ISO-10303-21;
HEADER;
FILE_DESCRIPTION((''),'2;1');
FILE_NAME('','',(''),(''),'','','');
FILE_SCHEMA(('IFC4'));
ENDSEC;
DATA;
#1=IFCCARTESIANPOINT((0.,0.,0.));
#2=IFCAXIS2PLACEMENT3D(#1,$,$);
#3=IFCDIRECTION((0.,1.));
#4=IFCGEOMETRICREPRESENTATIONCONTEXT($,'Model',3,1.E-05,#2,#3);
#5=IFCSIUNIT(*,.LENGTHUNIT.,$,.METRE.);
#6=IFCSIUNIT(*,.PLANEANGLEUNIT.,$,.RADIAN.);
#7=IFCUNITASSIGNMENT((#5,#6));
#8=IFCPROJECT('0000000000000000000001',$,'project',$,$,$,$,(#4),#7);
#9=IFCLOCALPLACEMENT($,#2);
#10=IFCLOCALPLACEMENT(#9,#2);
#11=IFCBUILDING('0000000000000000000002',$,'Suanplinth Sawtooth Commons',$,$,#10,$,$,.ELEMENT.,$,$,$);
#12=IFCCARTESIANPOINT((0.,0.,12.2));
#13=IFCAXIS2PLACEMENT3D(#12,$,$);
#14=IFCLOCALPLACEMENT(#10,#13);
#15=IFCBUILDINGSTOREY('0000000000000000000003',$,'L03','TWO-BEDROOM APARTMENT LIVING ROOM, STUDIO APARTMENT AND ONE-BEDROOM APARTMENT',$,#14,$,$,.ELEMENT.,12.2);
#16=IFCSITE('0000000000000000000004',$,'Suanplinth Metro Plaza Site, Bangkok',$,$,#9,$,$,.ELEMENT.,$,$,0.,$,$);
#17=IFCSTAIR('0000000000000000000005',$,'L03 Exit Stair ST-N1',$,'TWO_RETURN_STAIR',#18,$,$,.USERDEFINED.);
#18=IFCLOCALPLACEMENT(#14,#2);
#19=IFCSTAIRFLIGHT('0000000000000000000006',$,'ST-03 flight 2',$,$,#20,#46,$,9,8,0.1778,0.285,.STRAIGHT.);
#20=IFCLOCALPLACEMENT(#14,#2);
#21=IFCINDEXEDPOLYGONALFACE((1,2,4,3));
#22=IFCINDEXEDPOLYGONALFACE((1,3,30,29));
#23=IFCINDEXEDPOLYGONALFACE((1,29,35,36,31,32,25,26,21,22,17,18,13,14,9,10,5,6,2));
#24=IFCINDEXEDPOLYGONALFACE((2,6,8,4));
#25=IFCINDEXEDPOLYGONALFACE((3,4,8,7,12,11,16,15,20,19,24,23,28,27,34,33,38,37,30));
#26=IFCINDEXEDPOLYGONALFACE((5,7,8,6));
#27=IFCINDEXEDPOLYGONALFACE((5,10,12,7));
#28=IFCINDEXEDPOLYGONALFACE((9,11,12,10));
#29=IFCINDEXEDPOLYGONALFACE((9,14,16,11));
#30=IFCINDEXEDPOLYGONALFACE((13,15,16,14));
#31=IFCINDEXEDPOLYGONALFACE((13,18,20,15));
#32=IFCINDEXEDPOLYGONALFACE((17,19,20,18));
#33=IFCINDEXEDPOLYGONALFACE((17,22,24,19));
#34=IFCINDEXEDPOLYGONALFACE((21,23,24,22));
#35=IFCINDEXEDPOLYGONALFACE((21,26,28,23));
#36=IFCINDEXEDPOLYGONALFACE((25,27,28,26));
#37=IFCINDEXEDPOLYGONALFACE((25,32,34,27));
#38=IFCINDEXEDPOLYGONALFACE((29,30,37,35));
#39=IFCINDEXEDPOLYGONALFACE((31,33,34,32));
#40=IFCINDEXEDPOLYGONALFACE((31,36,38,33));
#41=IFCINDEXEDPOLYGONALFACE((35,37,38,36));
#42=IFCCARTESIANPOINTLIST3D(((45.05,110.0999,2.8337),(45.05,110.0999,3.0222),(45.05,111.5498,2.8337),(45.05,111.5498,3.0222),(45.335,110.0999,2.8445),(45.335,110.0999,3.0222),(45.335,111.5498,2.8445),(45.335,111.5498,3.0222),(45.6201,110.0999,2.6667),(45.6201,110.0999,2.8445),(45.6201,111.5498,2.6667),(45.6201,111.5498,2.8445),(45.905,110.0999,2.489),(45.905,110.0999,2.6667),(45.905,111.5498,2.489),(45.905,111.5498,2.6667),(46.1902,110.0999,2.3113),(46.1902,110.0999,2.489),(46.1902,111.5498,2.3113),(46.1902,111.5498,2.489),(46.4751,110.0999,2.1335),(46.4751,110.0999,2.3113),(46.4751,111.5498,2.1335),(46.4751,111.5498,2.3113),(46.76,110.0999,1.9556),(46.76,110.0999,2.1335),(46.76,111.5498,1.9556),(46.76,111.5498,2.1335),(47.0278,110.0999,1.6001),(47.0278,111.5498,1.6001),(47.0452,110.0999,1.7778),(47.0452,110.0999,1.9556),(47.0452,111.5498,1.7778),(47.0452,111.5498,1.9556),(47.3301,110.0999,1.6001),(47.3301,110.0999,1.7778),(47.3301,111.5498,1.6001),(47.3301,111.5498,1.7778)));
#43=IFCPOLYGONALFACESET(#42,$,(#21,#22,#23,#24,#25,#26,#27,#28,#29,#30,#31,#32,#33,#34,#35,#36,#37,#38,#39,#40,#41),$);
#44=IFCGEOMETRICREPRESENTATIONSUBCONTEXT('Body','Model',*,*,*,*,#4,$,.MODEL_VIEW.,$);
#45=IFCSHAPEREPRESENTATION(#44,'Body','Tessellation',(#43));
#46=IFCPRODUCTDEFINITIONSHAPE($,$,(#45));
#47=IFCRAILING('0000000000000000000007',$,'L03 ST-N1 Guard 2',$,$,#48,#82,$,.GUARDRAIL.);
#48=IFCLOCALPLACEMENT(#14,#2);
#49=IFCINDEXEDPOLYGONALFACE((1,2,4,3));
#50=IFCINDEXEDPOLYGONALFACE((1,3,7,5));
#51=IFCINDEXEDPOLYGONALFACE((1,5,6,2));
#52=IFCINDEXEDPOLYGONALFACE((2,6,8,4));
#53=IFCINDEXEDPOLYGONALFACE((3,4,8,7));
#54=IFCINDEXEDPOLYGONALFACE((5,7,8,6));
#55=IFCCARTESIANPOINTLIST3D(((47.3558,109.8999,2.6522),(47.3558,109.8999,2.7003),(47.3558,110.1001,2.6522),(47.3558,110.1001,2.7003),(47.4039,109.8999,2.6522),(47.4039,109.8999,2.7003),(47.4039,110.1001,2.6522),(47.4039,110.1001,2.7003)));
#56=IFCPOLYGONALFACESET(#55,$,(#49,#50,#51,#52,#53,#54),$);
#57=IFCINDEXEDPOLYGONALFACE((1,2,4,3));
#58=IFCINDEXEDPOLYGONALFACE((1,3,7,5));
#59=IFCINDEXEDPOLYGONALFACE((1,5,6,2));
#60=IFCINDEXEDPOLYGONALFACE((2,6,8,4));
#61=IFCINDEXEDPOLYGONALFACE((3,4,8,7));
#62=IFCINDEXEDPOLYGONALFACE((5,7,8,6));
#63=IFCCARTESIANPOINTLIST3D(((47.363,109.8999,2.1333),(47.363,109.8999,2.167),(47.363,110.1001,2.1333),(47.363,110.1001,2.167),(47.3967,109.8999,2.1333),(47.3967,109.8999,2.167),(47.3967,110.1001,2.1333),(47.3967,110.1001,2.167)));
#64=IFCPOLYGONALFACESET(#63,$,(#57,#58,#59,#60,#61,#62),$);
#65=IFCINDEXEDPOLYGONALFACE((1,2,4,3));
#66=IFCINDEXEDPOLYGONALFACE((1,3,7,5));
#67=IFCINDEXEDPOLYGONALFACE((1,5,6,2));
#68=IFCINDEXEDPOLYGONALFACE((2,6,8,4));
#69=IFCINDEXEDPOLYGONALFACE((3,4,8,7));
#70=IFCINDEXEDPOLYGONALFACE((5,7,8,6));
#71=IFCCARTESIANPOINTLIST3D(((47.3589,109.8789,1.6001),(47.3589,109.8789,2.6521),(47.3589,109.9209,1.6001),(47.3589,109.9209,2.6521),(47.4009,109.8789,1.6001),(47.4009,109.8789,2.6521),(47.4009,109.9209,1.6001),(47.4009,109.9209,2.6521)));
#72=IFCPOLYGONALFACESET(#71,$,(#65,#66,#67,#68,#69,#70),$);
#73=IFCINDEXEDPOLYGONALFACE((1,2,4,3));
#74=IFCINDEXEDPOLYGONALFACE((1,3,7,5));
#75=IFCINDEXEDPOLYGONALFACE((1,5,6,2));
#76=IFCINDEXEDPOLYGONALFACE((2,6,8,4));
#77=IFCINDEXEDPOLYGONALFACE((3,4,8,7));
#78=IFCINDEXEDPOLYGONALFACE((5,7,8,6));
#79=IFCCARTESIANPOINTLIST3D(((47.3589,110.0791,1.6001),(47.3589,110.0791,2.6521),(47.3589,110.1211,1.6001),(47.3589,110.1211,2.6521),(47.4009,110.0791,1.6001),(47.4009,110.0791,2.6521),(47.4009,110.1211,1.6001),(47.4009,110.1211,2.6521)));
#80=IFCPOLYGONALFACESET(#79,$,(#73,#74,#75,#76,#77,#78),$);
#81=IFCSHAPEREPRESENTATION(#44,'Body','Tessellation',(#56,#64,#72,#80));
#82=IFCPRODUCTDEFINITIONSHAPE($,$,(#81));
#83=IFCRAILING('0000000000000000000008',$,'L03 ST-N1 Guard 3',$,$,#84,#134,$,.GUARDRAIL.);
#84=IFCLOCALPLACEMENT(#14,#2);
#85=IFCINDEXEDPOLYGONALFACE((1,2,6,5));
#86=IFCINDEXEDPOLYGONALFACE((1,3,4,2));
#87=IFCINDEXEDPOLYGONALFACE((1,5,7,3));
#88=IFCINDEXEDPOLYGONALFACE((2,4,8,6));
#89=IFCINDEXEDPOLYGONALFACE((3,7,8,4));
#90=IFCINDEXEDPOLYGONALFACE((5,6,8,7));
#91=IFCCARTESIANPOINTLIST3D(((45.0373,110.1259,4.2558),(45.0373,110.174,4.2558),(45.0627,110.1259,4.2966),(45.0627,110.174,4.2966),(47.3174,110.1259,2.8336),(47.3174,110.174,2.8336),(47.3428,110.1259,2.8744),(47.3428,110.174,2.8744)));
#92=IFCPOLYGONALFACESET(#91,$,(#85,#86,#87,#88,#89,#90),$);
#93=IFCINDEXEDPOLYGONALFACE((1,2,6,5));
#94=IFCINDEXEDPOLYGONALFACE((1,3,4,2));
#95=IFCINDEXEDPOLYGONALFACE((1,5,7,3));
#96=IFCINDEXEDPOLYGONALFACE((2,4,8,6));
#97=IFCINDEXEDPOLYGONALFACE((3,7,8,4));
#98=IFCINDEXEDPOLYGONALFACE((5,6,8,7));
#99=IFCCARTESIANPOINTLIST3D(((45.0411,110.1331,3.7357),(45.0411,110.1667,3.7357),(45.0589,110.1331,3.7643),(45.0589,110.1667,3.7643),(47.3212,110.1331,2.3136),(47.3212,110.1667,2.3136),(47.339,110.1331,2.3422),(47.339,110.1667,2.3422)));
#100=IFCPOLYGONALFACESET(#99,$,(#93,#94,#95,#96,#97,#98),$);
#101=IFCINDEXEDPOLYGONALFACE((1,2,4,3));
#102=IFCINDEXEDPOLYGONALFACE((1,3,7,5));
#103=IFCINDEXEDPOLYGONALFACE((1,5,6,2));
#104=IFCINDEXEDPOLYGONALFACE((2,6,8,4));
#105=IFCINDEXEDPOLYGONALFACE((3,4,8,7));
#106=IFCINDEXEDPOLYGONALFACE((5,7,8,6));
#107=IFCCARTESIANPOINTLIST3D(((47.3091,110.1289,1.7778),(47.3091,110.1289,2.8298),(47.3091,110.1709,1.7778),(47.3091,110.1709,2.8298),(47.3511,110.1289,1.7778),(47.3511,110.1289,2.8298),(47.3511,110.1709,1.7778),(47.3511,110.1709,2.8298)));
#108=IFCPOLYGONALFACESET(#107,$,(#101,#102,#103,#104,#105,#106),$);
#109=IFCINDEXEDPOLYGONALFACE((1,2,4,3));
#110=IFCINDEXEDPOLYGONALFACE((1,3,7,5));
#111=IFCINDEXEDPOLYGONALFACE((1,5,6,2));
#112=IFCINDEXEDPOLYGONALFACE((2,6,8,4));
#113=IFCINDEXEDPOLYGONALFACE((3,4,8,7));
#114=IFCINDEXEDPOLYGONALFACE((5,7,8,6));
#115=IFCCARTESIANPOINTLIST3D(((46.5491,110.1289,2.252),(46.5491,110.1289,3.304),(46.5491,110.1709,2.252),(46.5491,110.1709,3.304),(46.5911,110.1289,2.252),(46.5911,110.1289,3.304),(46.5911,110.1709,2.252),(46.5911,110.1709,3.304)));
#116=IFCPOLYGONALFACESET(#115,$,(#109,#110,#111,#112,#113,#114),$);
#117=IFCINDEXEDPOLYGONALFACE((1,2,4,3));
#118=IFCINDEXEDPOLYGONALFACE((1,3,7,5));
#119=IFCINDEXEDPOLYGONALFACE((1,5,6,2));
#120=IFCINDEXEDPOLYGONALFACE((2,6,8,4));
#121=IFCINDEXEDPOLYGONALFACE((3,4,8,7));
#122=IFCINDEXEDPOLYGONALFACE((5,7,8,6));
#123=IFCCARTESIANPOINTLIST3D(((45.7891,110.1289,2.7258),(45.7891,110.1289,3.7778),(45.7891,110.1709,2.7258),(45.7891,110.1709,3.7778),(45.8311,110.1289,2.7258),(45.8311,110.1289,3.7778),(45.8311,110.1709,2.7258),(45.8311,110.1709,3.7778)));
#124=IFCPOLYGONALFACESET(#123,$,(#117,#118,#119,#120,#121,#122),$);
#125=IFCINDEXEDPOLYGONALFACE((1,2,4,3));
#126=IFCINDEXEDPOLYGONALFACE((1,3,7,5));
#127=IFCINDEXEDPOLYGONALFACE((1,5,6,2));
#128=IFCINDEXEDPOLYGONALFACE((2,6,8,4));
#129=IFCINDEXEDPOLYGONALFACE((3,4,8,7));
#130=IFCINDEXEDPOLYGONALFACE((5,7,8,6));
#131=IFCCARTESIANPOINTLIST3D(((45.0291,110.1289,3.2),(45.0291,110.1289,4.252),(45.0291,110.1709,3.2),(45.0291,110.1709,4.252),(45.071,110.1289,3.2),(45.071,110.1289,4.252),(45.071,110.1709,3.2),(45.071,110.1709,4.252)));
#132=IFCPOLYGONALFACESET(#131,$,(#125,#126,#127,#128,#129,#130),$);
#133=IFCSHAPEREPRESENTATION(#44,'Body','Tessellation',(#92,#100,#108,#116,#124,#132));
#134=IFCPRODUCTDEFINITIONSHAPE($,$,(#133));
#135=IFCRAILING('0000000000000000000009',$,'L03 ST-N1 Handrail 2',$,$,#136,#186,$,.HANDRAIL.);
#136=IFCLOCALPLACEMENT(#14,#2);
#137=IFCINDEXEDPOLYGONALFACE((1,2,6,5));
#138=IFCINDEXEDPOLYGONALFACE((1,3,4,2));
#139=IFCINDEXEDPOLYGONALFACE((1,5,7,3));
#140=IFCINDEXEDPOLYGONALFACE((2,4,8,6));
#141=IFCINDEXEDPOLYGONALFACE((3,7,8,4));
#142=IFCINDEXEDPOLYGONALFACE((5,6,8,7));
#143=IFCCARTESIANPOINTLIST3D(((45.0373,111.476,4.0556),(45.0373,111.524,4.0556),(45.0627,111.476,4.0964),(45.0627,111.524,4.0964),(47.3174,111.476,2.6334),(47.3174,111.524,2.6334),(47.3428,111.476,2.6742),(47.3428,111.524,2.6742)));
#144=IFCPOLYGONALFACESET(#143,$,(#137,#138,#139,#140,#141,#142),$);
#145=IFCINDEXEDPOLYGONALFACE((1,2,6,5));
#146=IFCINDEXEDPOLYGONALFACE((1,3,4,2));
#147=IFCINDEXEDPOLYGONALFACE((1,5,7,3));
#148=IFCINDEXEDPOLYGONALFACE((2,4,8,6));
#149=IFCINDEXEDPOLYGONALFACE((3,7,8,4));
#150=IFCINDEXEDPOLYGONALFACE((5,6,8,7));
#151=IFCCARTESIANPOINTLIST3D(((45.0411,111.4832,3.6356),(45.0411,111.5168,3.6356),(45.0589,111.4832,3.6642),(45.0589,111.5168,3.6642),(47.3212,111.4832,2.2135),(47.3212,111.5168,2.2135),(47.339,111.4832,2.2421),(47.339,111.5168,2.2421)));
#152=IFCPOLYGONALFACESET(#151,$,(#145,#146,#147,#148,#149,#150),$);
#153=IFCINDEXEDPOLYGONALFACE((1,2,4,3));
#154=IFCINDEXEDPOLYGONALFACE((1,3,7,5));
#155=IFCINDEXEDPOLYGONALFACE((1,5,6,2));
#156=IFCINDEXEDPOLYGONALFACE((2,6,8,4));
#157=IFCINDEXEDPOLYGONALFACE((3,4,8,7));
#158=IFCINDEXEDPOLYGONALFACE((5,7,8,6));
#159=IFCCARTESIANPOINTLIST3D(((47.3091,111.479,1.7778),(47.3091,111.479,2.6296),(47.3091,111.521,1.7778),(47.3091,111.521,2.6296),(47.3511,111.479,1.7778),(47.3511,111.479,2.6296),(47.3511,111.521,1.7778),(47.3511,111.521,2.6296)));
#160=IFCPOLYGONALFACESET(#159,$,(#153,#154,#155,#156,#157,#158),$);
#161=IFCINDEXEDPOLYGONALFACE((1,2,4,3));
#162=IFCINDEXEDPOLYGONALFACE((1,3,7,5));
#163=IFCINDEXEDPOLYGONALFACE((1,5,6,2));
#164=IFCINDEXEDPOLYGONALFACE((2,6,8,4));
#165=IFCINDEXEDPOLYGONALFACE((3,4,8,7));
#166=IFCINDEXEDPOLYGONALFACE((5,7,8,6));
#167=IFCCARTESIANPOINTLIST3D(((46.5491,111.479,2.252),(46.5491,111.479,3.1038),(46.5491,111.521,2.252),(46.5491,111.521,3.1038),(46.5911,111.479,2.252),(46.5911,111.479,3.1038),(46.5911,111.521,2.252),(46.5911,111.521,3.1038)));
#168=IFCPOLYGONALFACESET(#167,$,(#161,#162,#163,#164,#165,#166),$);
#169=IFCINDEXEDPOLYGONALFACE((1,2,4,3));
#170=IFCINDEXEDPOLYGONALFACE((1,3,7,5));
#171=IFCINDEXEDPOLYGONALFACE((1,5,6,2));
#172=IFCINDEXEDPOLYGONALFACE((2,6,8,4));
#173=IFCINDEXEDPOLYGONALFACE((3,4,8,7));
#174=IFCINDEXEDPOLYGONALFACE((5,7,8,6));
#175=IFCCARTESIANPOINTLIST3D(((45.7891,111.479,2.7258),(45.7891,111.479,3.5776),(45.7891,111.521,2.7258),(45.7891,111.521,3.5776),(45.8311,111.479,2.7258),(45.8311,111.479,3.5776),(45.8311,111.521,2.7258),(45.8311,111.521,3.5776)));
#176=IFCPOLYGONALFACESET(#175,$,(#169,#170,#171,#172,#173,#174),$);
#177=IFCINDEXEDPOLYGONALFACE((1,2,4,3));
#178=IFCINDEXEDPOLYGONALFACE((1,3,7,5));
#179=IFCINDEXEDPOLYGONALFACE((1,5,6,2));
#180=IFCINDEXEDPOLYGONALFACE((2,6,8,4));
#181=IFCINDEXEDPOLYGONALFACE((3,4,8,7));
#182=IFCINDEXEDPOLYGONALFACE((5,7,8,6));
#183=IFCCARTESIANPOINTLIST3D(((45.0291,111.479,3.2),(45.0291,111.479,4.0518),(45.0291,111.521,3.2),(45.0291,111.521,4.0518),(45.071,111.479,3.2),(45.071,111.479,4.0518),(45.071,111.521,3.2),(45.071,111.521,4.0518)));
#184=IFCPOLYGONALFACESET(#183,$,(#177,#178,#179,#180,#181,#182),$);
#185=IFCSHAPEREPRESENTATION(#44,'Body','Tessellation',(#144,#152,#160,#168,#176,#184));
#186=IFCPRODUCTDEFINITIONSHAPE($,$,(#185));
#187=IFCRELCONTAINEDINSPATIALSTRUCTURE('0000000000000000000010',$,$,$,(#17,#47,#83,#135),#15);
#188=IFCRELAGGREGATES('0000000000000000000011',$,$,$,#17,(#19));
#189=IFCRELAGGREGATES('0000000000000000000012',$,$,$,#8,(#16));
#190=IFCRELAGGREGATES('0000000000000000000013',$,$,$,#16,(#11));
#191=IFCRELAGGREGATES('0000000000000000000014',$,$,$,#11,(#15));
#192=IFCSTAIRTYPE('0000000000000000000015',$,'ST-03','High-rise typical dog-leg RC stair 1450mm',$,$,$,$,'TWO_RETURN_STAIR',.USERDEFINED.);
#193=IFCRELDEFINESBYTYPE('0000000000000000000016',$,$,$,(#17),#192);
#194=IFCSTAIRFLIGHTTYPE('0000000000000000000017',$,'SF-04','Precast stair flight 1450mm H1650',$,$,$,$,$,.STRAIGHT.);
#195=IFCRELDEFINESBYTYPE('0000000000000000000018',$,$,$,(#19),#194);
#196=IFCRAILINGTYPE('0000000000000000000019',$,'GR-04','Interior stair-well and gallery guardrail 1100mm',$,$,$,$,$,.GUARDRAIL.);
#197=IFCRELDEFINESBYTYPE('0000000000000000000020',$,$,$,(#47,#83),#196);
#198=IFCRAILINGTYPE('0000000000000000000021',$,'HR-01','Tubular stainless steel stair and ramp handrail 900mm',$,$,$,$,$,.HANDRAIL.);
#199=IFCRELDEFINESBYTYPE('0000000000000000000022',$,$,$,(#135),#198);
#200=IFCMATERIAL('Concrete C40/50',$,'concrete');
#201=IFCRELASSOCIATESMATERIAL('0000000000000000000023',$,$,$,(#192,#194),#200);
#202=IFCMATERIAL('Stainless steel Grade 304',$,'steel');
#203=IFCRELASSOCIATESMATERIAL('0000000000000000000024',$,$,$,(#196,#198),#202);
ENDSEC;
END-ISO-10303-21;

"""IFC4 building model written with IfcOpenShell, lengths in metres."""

from ifc_helpers import new_model, si_unit, direction, frame, origin, origin_2d, place, context, subcontext, project, spatial, polyline, rectangle, outline, extrude, material, type_object, element, aggregate, save


model = new_model("IFC4")

# Units and contexts
model_context = context("Model", 3, precision=1e-05, world=origin(), true_north=direction((0.0, 1.0)))
body_context = subcontext(model_context, "Body", "Model", "MODEL_VIEW")
ifc_project = project(units=[si_unit("LENGTHUNIT", "METRE"), si_unit("PLANEANGLEUNIT", "RADIAN")], contexts=[model_context])

# Site, building, storey
site_placement = place(None, origin())
site = spatial("IfcSite", under=ifc_project, at=site_placement, Name="Suanplinth Metro Plaza Site, Bangkok", CompositionType="ELEMENT", RefElevation=0.0)
building_placement = place(site_placement, origin())
building = spatial("IfcBuilding", under=site, at=building_placement, Name="Suanplinth Sawtooth Commons", CompositionType="ELEMENT")
storey_placement = place(building_placement, frame((0.0, 0.0, 12.2)))
storey = spatial("IfcBuildingStorey", under=building, at=storey_placement, Name="L03", Description="TWO-BEDROOM APARTMENT LIVING ROOM, STUDIO APARTMENT AND ONE-BEDROOM APARTMENT", CompositionType="ELEMENT", Elevation=12.2)

# Shared definitions
ifc_material_1 = material(Name="Concrete C40/50", Category="concrete")

# Shared definitions
ifc_material_2 = material(Name="Stainless steel Grade 304", Category="steel")

# Stair, stair flight
stair_type = type_object("IfcStairType", Name="ST-03", Description="High-rise typical dog-leg RC stair 1450mm", ElementType="TWO_RETURN_STAIR", PredefinedType="USERDEFINED", material=ifc_material_1)
stair_placement = place(storey_placement, origin())
stair = element("IfcStair", 1, at=stair_placement, inside=storey, type_object=stair_type, Name="L03 Exit Stair ST-N1", ObjectType="TWO_RETURN_STAIR", PredefinedType="USERDEFINED")
stair_flight_type = type_object("IfcStairFlightType", Name="SF-04", Description="Precast stair flight 1450mm H1650", PredefinedType="STRAIGHT", material=ifc_material_1)
stair_flight_placement = place(storey_placement, frame((47.3301, 110.825, 1.6001), z_axis=(0.0, 0.0, 1.0), x_axis=(-1.0, 0.0, 0.0)))
stair_flight = element("IfcStairFlight", 2, at=stair_flight_placement, type_object=stair_flight_type, Name="ST-03 flight 2", NumberOfRisers=9, NumberOfTreads=8, PredefinedType="STRAIGHT", RiserHeight=0.1778, TreadLength=0.285, context=body_context, shape_type="SweptSolid", body=[
    extrude(outline(polyline([(0.0, 0.0), (0.0, 0.1777), (0.2849, 0.1777), (0.2849, 0.3555), (0.5701, 0.3555), (0.5701, 0.5334), (0.855, 0.5334), (0.855, 0.7112), (1.1399, 0.7112), (1.1399, 0.8889), (1.425, 0.8889), (1.425, 1.0667), (1.71, 1.0667), (1.71, 1.2444), (1.9951, 1.2444), (1.9951, 1.4221), (2.28, 1.4221), (2.28, 1.6001), (2.28, 1.2336), (0.3022, 0.0), (0.0, 0.0)])), frame((0.0, 0.7251, 0.0), z_axis=(0.0, -1.0, 0.0), x_axis=(1.0, 0.0, 0.0)), (0.0, 0.0, 1.0), 1.45),
])
aggregate(stair, [stair_flight])

# Railings
railing_type_1 = type_object("IfcRailingType", Name="GR-04", Description="Interior stair-well and gallery guardrail 1100mm", PredefinedType="GUARDRAIL", material=ifc_material_2)
railing_1_placement = place(storey_placement, frame((47.3799, 109.8999, 1.6001)))
element("IfcRailing", 3, at=railing_1_placement, inside=storey, type_object=railing_type_1, Name="L03 ST-N1 Guard 2", PredefinedType="GUARDRAIL", context=body_context, shape_type="SweptSolid", body=[
    extrude(rectangle(XDim=0.0481, YDim=0.0481, at=origin_2d()), frame((0.0, 0.0, 1.0762), z_axis=(0.0, 1.0, 0.0), x_axis=(-1.0, 0.0, 0.0)), (0.0, 0.0, 1.0), 0.2002),
    extrude(rectangle(XDim=0.0337, YDim=0.0337, at=origin_2d()), frame((0.0, 0.0, 0.55), z_axis=(0.0, 1.0, 0.0), x_axis=(-1.0, 0.0, 0.0)), (0.0, 0.0, 1.0), 0.2002),
    extrude(rectangle(XDim=0.042, YDim=0.042, at=origin_2d()), origin(), (0.0, 0.0, 1.0), 1.052),
    extrude(rectangle(XDim=0.042, YDim=0.042, at=origin_2d()), frame((0.0, 0.2002, 0.0)), (0.0, 0.0, 1.0), 1.052),
])
railing_2_placement = place(storey_placement, frame((47.3301, 110.1499, 1.7778)))
element("IfcRailing", 4, at=railing_2_placement, inside=storey, type_object=railing_type_1, Name="L03 ST-N1 Guard 3", PredefinedType="GUARDRAIL", context=body_context, shape_type="SweptSolid", body=[
    extrude(rectangle(XDim=0.0481, YDim=0.0481, at=origin_2d()), frame((0.0, 0.0, 1.0762), z_axis=(-0.848483, 0.0, 0.529223), x_axis=(0.0, -1.0, 0.0)), (0.0, 0.0, 1.0), 2.6873),
    extrude(rectangle(XDim=0.0337, YDim=0.0337, at=origin_2d()), frame((0.0, 0.0, 0.55), z_axis=(-0.848483, 0.0, 0.529223), x_axis=(0.0, -1.0, 0.0)), (0.0, 0.0, 1.0), 2.6873),
    extrude(rectangle(XDim=0.042, YDim=0.042, at=origin_2d()), origin(), (0.0, 0.0, 1.0), 1.052),
    extrude(rectangle(XDim=0.042, YDim=0.042, at=origin_2d()), frame((-0.76, 0.0, 0.4741)), (0.0, 0.0, 1.0), 1.052),
    extrude(rectangle(XDim=0.042, YDim=0.042, at=origin_2d()), frame((-1.52, 0.0, 0.948)), (0.0, 0.0, 1.0), 1.052),
    extrude(rectangle(XDim=0.042, YDim=0.042, at=origin_2d()), frame((-2.28, 0.0, 1.4221)), (0.0, 0.0, 1.0), 1.052),
])
railing_type_2 = type_object("IfcRailingType", Name="HR-01", Description="Tubular stainless steel stair and ramp handrail 900mm", PredefinedType="HANDRAIL", material=ifc_material_2)
railing_3_placement = place(storey_placement, frame((47.3301, 111.5, 1.7778)))
element("IfcRailing", 5, at=railing_3_placement, inside=storey, type_object=railing_type_2, Name="L03 ST-N1 Handrail 2", PredefinedType="HANDRAIL", context=body_context, shape_type="SweptSolid", body=[
    extrude(rectangle(XDim=0.0481, YDim=0.0481, at=origin_2d()), frame((0.0, 0.0, 0.876), z_axis=(-0.848483, 0.0, 0.529223), x_axis=(0.0, -1.0, 0.0)), (0.0, 0.0, 1.0), 2.6873),
    extrude(rectangle(XDim=0.0337, YDim=0.0337, at=origin_2d()), frame((0.0, 0.0, 0.45), z_axis=(-0.848483, 0.0, 0.529223), x_axis=(0.0, -1.0, 0.0)), (0.0, 0.0, 1.0), 2.6873),
    extrude(rectangle(XDim=0.042, YDim=0.042, at=origin_2d()), origin(), (0.0, 0.0, 1.0), 0.8518),
    extrude(rectangle(XDim=0.042, YDim=0.042, at=origin_2d()), frame((-0.76, 0.0, 0.4741)), (0.0, 0.0, 1.0), 0.8518),
    extrude(rectangle(XDim=0.042, YDim=0.042, at=origin_2d()), frame((-1.52, 0.0, 0.948)), (0.0, 0.0, 1.0), 0.8518),
    extrude(rectangle(XDim=0.042, YDim=0.042, at=origin_2d()), frame((-2.28, 0.0, 1.4221)), (0.0, 0.0, 1.0), 0.8518),
])

save(model, "model.ifc")
